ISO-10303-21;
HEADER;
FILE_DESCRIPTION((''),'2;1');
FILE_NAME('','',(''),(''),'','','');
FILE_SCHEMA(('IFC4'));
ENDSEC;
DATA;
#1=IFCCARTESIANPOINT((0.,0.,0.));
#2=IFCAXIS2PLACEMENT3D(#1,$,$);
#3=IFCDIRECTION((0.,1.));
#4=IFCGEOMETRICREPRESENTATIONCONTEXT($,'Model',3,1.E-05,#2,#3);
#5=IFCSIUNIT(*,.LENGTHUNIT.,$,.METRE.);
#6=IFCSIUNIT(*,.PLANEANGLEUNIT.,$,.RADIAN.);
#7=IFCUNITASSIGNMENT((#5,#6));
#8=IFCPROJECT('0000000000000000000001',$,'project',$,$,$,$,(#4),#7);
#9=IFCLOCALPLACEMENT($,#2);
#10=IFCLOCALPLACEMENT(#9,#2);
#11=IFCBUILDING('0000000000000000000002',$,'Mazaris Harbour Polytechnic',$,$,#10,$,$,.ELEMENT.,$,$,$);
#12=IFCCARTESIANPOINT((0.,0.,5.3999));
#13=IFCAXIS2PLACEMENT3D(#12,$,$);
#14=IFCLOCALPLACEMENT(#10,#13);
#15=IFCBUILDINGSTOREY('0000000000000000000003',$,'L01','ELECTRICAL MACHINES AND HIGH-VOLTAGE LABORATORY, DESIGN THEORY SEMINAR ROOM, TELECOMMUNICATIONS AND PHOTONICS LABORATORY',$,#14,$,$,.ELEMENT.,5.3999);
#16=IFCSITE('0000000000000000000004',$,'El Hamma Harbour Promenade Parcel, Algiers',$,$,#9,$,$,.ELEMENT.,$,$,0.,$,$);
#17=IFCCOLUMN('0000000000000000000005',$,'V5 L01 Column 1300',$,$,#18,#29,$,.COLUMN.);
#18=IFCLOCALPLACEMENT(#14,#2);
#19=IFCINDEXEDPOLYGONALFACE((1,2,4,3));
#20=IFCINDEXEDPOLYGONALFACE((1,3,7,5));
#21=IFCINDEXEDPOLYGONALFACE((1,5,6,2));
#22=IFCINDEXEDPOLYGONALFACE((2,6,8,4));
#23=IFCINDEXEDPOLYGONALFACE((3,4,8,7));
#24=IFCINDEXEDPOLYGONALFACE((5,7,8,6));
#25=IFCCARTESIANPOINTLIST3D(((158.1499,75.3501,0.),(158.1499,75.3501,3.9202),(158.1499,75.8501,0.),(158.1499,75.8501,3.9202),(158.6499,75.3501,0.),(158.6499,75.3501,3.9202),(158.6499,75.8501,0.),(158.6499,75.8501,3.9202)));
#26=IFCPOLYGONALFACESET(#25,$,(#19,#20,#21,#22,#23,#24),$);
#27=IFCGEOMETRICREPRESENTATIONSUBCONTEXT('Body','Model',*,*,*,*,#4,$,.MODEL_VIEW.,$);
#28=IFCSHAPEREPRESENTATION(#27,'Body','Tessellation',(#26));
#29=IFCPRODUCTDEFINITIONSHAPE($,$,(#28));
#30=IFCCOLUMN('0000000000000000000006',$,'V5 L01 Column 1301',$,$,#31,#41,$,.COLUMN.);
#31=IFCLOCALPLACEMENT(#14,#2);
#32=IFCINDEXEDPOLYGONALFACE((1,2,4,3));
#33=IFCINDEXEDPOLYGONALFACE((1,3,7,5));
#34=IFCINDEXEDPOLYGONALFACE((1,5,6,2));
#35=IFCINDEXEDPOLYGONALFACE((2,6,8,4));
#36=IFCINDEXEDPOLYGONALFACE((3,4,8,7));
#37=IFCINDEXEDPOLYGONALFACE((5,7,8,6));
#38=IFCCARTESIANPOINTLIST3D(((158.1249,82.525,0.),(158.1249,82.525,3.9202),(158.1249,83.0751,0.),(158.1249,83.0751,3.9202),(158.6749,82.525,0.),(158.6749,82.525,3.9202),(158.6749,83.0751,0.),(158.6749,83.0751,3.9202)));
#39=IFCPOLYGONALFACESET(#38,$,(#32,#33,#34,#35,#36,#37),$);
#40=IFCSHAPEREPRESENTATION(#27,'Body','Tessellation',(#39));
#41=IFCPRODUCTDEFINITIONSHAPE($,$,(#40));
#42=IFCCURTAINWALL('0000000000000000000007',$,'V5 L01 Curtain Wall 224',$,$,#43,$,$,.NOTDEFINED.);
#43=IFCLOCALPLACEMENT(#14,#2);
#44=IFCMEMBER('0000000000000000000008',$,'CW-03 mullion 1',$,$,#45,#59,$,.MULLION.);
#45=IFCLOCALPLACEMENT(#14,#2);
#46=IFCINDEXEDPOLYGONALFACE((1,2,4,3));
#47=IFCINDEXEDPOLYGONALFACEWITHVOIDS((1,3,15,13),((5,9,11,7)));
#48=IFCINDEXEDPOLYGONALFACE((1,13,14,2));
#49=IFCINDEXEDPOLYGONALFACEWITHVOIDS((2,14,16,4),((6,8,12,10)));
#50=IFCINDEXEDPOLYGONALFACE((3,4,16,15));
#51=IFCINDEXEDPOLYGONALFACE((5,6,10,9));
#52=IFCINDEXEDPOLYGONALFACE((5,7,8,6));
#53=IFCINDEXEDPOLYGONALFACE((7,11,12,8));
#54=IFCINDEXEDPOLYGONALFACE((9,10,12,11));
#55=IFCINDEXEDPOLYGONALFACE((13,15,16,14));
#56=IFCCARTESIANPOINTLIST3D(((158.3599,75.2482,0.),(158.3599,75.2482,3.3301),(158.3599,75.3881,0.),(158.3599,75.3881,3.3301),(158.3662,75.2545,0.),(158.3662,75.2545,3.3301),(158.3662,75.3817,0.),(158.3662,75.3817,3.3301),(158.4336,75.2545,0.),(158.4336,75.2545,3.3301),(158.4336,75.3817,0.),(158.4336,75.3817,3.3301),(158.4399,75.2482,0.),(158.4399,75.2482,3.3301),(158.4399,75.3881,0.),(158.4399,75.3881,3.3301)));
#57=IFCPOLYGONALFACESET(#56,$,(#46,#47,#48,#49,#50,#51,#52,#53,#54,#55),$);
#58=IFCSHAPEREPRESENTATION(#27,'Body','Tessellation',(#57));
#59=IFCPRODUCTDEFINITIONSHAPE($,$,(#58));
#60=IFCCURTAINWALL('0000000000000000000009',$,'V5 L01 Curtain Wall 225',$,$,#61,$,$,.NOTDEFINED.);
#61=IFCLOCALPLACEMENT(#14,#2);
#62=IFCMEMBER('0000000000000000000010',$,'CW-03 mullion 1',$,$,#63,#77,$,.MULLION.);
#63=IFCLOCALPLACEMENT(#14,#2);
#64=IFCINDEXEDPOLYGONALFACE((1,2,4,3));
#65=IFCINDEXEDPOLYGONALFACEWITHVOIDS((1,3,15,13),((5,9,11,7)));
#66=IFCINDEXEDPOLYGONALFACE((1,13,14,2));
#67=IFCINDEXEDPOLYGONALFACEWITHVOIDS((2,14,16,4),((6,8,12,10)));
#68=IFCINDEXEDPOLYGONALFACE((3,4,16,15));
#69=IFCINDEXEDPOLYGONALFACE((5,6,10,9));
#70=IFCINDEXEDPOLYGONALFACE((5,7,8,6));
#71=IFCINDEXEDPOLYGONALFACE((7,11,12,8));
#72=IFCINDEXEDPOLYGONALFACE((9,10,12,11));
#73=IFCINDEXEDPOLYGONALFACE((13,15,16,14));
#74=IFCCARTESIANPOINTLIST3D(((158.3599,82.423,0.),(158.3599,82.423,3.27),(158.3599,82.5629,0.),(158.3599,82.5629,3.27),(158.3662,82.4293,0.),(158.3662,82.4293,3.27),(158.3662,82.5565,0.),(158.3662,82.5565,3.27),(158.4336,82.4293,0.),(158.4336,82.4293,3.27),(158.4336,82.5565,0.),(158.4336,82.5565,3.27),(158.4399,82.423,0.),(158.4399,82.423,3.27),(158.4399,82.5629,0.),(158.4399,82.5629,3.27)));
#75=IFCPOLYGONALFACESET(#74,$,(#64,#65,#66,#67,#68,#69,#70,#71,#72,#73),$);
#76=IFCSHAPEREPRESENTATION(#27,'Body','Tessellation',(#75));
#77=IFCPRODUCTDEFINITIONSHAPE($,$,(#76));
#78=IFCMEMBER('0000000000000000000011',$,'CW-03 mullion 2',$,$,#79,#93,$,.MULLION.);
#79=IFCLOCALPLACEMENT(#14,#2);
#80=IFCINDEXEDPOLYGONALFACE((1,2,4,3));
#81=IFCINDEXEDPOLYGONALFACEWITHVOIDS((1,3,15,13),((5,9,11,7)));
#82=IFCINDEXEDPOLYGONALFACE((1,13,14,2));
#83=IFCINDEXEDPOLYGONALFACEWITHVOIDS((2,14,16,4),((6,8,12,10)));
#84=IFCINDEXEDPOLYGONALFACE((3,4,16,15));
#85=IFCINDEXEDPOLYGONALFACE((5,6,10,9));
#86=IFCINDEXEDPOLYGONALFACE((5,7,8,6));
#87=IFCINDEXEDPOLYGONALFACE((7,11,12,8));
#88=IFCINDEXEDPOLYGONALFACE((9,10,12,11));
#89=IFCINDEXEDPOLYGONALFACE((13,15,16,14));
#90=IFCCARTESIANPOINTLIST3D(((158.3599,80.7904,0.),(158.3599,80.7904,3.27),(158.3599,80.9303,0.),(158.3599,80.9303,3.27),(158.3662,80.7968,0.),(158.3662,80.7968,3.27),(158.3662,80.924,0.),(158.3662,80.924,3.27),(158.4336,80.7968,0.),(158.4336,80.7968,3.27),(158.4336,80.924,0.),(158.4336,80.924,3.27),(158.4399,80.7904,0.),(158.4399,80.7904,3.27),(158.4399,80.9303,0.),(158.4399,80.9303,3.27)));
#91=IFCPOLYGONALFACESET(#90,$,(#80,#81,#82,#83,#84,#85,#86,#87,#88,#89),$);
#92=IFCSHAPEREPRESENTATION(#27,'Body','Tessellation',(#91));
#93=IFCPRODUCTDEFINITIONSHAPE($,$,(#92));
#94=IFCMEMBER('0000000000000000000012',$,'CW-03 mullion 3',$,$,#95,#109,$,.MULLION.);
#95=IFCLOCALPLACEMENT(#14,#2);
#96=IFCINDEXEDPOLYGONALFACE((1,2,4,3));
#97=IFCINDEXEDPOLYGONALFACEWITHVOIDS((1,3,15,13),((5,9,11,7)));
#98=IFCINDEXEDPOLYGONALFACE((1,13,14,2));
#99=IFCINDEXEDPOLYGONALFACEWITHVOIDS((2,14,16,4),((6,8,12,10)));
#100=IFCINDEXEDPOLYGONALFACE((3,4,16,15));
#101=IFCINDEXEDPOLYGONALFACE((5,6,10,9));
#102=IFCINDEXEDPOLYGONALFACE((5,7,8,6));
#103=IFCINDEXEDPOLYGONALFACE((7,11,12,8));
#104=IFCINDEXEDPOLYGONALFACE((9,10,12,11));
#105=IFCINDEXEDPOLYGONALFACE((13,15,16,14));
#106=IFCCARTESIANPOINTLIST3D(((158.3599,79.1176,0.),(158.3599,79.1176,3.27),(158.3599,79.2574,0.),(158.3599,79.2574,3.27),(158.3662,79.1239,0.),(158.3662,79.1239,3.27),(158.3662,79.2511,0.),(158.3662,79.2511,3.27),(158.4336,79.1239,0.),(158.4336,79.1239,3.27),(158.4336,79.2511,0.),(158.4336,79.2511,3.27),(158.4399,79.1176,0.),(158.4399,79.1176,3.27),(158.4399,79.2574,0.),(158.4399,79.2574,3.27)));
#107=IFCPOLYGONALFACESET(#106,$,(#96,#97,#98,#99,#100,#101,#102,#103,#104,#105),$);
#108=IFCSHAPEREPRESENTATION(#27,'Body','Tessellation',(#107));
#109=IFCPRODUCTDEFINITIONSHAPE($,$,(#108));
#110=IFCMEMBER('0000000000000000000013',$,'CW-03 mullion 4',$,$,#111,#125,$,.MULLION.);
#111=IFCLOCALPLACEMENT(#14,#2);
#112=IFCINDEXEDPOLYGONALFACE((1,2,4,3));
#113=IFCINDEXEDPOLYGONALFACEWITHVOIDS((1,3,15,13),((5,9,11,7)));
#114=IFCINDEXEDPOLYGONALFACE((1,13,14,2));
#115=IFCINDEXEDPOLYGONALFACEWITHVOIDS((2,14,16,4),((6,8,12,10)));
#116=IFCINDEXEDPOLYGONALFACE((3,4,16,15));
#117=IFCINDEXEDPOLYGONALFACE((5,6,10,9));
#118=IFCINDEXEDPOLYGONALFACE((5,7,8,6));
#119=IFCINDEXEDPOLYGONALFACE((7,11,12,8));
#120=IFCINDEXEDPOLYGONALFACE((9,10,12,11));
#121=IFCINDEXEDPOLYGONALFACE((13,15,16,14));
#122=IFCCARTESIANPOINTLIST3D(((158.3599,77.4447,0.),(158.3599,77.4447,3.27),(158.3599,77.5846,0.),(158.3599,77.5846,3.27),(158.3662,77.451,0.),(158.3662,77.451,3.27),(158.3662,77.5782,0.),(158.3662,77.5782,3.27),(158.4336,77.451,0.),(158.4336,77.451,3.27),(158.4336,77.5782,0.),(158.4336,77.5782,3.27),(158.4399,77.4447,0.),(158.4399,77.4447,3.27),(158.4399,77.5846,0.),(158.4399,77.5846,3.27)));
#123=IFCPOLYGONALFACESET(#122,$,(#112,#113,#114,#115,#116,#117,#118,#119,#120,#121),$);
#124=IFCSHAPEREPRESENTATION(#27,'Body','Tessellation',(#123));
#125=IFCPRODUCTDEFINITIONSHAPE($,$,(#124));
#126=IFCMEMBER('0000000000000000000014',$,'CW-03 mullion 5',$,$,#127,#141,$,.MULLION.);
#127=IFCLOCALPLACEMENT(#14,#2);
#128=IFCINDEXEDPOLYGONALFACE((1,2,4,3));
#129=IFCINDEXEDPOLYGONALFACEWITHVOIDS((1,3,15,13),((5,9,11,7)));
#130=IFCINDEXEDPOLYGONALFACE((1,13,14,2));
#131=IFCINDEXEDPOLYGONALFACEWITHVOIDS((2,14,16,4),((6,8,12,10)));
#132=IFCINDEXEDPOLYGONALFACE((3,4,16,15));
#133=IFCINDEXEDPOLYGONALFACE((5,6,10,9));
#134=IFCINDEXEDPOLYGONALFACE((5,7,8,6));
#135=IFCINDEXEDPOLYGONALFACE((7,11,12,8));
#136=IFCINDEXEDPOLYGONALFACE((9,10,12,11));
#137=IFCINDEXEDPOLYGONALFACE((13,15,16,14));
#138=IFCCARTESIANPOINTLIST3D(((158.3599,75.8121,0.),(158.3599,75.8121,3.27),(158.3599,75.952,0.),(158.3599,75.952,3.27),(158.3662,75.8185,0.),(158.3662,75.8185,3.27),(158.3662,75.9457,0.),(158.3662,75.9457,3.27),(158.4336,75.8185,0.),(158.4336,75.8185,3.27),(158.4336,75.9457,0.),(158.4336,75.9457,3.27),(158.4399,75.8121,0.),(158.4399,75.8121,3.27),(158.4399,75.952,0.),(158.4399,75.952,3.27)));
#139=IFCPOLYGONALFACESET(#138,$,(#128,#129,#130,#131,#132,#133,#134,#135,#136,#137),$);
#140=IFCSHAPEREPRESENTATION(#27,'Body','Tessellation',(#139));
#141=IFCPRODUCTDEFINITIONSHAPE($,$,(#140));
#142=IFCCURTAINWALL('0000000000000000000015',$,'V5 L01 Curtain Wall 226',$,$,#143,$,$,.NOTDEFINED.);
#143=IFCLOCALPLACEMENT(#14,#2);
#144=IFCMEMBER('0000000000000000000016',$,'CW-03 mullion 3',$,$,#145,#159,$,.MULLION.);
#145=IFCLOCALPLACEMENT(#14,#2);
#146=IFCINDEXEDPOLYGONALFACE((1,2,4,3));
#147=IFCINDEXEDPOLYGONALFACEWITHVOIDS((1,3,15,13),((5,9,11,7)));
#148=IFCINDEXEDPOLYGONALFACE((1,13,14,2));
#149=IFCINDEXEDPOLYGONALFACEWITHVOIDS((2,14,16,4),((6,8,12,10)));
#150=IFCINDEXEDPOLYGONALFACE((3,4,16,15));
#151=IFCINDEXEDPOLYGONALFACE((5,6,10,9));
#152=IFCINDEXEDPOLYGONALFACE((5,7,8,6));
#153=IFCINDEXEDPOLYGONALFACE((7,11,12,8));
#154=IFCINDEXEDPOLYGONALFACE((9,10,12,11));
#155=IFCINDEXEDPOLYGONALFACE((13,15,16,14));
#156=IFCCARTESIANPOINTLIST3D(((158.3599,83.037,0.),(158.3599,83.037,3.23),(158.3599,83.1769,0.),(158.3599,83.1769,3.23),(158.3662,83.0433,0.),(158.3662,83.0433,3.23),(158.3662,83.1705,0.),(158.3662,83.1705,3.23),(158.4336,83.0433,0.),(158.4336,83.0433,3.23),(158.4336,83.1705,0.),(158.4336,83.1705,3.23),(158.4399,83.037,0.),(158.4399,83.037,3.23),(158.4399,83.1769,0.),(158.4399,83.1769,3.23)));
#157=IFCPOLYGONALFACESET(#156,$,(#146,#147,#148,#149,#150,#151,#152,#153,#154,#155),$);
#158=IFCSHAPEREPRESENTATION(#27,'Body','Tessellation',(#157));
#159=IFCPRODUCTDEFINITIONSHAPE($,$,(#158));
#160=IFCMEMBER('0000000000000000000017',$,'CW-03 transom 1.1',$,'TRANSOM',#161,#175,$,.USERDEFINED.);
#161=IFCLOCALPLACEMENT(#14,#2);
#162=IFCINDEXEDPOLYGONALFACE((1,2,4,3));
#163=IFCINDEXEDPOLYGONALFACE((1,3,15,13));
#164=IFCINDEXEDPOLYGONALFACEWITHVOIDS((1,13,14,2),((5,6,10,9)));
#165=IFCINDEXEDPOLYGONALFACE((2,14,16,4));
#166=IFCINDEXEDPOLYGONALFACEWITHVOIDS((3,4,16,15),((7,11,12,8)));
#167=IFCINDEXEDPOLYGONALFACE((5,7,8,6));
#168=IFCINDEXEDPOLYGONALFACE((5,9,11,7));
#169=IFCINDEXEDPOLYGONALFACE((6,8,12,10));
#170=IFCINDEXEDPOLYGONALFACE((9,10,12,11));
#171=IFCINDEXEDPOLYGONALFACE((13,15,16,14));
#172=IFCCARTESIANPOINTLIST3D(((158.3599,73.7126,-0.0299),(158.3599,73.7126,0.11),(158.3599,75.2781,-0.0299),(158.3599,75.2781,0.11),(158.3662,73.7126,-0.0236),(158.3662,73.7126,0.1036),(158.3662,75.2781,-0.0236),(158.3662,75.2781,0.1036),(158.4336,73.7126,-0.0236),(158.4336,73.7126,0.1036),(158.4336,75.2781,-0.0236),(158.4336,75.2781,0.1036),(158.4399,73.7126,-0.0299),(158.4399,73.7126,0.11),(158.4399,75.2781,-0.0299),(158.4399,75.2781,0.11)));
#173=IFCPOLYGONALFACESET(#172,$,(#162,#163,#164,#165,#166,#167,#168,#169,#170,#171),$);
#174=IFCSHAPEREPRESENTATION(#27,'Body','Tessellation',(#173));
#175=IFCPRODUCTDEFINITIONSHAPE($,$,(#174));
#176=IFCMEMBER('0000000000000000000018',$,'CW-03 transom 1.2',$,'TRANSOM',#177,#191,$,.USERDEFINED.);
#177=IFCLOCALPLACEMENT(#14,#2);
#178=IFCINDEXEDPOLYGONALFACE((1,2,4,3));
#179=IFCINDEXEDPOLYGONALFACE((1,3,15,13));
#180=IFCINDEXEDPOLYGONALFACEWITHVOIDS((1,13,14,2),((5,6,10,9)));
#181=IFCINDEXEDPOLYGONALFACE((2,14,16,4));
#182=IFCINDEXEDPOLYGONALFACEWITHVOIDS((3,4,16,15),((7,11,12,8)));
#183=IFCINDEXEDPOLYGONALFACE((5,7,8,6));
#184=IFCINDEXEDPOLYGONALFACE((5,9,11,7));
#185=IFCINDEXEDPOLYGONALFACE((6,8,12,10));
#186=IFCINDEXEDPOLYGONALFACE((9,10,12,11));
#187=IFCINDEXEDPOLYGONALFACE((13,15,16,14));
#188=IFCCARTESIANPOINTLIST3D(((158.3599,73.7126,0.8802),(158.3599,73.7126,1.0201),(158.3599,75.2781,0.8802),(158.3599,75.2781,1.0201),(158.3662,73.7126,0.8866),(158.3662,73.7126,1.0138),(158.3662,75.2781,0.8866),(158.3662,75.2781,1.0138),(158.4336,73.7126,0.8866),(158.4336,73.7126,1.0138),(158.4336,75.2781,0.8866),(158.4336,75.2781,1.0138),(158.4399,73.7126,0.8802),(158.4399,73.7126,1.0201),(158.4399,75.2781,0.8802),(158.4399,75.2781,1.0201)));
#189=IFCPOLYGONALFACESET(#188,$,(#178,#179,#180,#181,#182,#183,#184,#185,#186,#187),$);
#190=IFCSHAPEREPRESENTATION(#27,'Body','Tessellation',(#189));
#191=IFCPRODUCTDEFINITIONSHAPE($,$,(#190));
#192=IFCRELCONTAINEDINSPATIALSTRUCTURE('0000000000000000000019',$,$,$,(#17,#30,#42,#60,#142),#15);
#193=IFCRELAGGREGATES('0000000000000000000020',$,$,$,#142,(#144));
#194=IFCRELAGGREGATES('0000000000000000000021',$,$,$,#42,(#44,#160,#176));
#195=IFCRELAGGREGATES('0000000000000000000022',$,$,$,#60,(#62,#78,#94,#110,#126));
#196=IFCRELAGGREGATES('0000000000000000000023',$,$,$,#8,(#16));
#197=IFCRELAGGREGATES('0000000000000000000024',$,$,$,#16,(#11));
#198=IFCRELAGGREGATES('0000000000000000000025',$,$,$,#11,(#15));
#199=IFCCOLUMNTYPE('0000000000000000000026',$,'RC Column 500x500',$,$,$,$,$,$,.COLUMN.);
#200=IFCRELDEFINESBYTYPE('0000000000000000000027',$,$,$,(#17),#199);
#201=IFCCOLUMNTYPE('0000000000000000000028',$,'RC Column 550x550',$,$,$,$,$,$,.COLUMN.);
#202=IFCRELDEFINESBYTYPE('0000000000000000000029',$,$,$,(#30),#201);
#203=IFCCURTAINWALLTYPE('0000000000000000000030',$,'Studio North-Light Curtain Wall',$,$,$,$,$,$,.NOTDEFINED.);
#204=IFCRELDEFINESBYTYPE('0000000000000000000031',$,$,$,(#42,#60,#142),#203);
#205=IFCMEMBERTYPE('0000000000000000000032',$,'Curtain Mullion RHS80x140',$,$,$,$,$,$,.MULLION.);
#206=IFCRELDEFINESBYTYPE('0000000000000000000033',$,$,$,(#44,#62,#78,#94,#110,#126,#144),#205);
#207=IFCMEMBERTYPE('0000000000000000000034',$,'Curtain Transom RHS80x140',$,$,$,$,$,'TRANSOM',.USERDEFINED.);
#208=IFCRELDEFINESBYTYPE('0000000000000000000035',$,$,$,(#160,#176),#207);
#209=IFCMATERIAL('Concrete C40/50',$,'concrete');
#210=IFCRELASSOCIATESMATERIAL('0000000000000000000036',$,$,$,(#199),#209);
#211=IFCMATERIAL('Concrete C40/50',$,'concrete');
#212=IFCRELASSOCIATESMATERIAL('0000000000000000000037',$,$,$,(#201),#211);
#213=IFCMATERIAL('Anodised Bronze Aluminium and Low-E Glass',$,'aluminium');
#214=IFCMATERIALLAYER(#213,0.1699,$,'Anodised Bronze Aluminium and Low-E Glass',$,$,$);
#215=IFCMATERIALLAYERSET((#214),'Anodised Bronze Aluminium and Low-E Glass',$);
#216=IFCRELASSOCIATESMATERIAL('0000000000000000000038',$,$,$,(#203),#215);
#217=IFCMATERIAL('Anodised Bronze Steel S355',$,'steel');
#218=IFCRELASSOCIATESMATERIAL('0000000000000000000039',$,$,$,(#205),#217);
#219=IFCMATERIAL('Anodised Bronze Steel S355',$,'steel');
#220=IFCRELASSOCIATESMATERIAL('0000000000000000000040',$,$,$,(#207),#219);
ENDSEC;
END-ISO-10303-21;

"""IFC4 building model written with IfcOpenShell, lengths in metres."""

from ifc_helpers import new_model, si_unit, direction, frame, origin, origin_2d, place, context, subcontext, project, spatial, rectangle, hollow_rectangle, extrude, material, layer, layer_set, material_profile, profile_set, type_object, element, aggregate, save


model = new_model("IFC4")

# Units and contexts
model_context = context("Model", 3, precision=1e-05, world=origin(), true_north=direction((0.0, 1.0)))
body_context = subcontext(model_context, "Body", "Model", "MODEL_VIEW")
ifc_project = project(units=[si_unit("LENGTHUNIT", "METRE"), si_unit("PLANEANGLEUNIT", "RADIAN")], contexts=[model_context])

# Site, building, storey
site_placement = place(None, origin())
site = spatial("IfcSite", under=ifc_project, at=site_placement, Name="El Hamma Harbour Promenade Parcel, Algiers", CompositionType="ELEMENT", RefElevation=0.0)
building_placement = place(site_placement, origin())
building = spatial("IfcBuilding", under=site, at=building_placement, Name="Mazaris Harbour Polytechnic", CompositionType="ELEMENT")
storey_placement = place(building_placement, frame((0.0, 0.0, 5.3999)))
storey = spatial("IfcBuildingStorey", under=building, at=storey_placement, Name="L01", Description="ELECTRICAL MACHINES AND HIGH-VOLTAGE LABORATORY, DESIGN THEORY SEMINAR ROOM, TELECOMMUNICATIONS AND PHOTONICS LABORATORY", CompositionType="ELEMENT", Elevation=5.3999)

# Columns
ifc_material_1 = material(Name="Concrete C40/50", Category="concrete")
ifc_material_profile_1 = material_profile(ifc_material_1, rectangle(XDim=0.5, YDim=0.5, at=origin_2d()), Name="RECT500x500")
ifc_profile_set_1 = profile_set([ifc_material_profile_1], Name="Concrete C40/50")
column_type_1 = type_object("IfcColumnType", Name="RC Column 500x500", PredefinedType="COLUMN", material=ifc_profile_set_1)
column_1_placement = place(storey_placement, frame((158.3999, 75.6001, 0.0), z_axis=(0.0, 0.0, 1.0), x_axis=(1.0, 0.0, 0.0)))
element("IfcColumn", 1, at=column_1_placement, inside=storey, type_object=column_type_1, Name="V5 L01 Column 1300", PredefinedType="COLUMN", context=body_context, shape_type="SweptSolid", body=[
    extrude(rectangle(XDim=0.5, YDim=0.5, at=origin_2d()), origin(), (0.0, 0.0, 1.0), 3.9202),
])
ifc_material_2 = material(Name="Concrete C40/50", Category="concrete")
ifc_material_profile_2 = material_profile(ifc_material_2, rectangle(XDim=0.55, YDim=0.55, at=origin_2d()), Name="RECT550x550")
ifc_profile_set_2 = profile_set([ifc_material_profile_2], Name="Concrete C40/50")
column_type_2 = type_object("IfcColumnType", Name="RC Column 550x550", PredefinedType="COLUMN", material=ifc_profile_set_2)
column_2_placement = place(storey_placement, frame((158.3999, 82.8, 0.0), z_axis=(0.0, 0.0, 1.0), x_axis=(1.0, 0.0, 0.0)))
element("IfcColumn", 2, at=column_2_placement, inside=storey, type_object=column_type_2, Name="V5 L01 Column 1301", PredefinedType="COLUMN", context=body_context, shape_type="SweptSolid", body=[
    extrude(rectangle(XDim=0.55, YDim=0.55, at=origin_2d()), origin(), (0.0, 0.0, 1.0), 3.9202),
])

# Curtain wall, member
ifc_material_3 = material(Name="Anodised Bronze Aluminium and Low-E Glass", Category="aluminium")
ifc_layer_1 = layer(ifc_material_3, 0.1699, Name="Anodised Bronze Aluminium and Low-E Glass")
ifc_layer_set_1 = layer_set([ifc_layer_1], Name="Anodised Bronze Aluminium and Low-E Glass")
curtain_wall_type = type_object("IfcCurtainWallType", Name="Studio North-Light Curtain Wall", PredefinedType="NOTDEFINED", material=ifc_layer_set_1)
curtain_wall_1_placement = place(storey_placement, origin())
curtain_wall_1 = element("IfcCurtainWall", 3, at=curtain_wall_1_placement, inside=storey, type_object=curtain_wall_type, Name="V5 L01 Curtain Wall 224", PredefinedType="NOTDEFINED")
ifc_material_4 = material(Name="Anodised Bronze Steel S355", Category="steel")
ifc_material_profile_3 = material_profile(ifc_material_4, hollow_rectangle(XDim=0.0801, YDim=0.1399, WallThickness=0.0063, at=origin_2d()), Name="RHS 80x140x6.3")
ifc_profile_set_3 = profile_set([ifc_material_profile_3], Name="Anodised Bronze Steel S355")
member_type_1 = type_object("IfcMemberType", Name="Curtain Mullion RHS80x140", PredefinedType="MULLION", material=ifc_profile_set_3)
member_1_placement = place(storey_placement, frame((158.3999, 75.3181, 0.0), z_axis=(0.0, 0.0, 1.0), x_axis=(1.0, 0.0, 0.0)))
member_1 = element("IfcMember", 4, at=member_1_placement, type_object=member_type_1, Name="CW-03 mullion 1", PredefinedType="MULLION", context=body_context, shape_type="SweptSolid", body=[
    extrude(hollow_rectangle(XDim=0.0801, YDim=0.1399, WallThickness=0.0063, at=origin_2d()), origin(), (0.0, 0.0, 1.0), 3.3301),
])

# Curtain wall, members
curtain_wall_2_placement = place(storey_placement, origin())
curtain_wall_2 = element("IfcCurtainWall", 5, at=curtain_wall_2_placement, inside=storey, type_object=curtain_wall_type, Name="V5 L01 Curtain Wall 225", PredefinedType="NOTDEFINED")
member_2_placement = place(storey_placement, frame((158.3999, 82.4929, 0.0), z_axis=(0.0, 0.0, 1.0), x_axis=(1.0, 0.0, 0.0)))
member_2 = element("IfcMember", 6, at=member_2_placement, type_object=member_type_1, Name="CW-03 mullion 1", PredefinedType="MULLION", context=body_context, shape_type="SweptSolid", body=[
    extrude(hollow_rectangle(XDim=0.0801, YDim=0.1399, WallThickness=0.0063, at=origin_2d()), origin(), (0.0, 0.0, 1.0), 3.27),
])
member_3_placement = place(storey_placement, frame((158.3999, 80.8604, 0.0), z_axis=(0.0, 0.0, 1.0), x_axis=(1.0, 0.0, 0.0)))
member_3 = element("IfcMember", 7, at=member_3_placement, type_object=member_type_1, Name="CW-03 mullion 2", PredefinedType="MULLION", context=body_context, shape_type="SweptSolid", body=[
    extrude(hollow_rectangle(XDim=0.0801, YDim=0.1399, WallThickness=0.0063, at=origin_2d()), origin(), (0.0, 0.0, 1.0), 3.27),
])
member_4_placement = place(storey_placement, frame((158.3999, 79.1875, 0.0), z_axis=(0.0, 0.0, 1.0), x_axis=(1.0, 0.0, 0.0)))
member_4 = element("IfcMember", 8, at=member_4_placement, type_object=member_type_1, Name="CW-03 mullion 3", PredefinedType="MULLION", context=body_context, shape_type="SweptSolid", body=[
    extrude(hollow_rectangle(XDim=0.0801, YDim=0.1399, WallThickness=0.0063, at=origin_2d()), origin(), (0.0, 0.0, 1.0), 3.27),
])
member_5_placement = place(storey_placement, frame((158.3999, 77.5146, 0.0), z_axis=(0.0, 0.0, 1.0), x_axis=(1.0, 0.0, 0.0)))
member_5 = element("IfcMember", 9, at=member_5_placement, type_object=member_type_1, Name="CW-03 mullion 4", PredefinedType="MULLION", context=body_context, shape_type="SweptSolid", body=[
    extrude(hollow_rectangle(XDim=0.0801, YDim=0.1399, WallThickness=0.0063, at=origin_2d()), origin(), (0.0, 0.0, 1.0), 3.27),
])
member_6_placement = place(storey_placement, frame((158.3999, 75.8821, 0.0), z_axis=(0.0, 0.0, 1.0), x_axis=(1.0, 0.0, 0.0)))
member_6 = element("IfcMember", 10, at=member_6_placement, type_object=member_type_1, Name="CW-03 mullion 5", PredefinedType="MULLION", context=body_context, shape_type="SweptSolid", body=[
    extrude(hollow_rectangle(XDim=0.0801, YDim=0.1399, WallThickness=0.0063, at=origin_2d()), origin(), (0.0, 0.0, 1.0), 3.27),
])

# Curtain wall, member
curtain_wall_3_placement = place(storey_placement, origin())
curtain_wall_3 = element("IfcCurtainWall", 11, at=curtain_wall_3_placement, inside=storey, type_object=curtain_wall_type, Name="V5 L01 Curtain Wall 226", PredefinedType="NOTDEFINED")
member_7_placement = place(storey_placement, frame((158.3999, 83.1069, 0.0), z_axis=(0.0, 0.0, 1.0), x_axis=(1.0, 0.0, 0.0)))
member_7 = element("IfcMember", 12, at=member_7_placement, type_object=member_type_1, Name="CW-03 mullion 3", PredefinedType="MULLION", context=body_context, shape_type="SweptSolid", body=[
    extrude(hollow_rectangle(XDim=0.0801, YDim=0.1399, WallThickness=0.0063, at=origin_2d()), origin(), (0.0, 0.0, 1.0), 3.23),
])
aggregate(curtain_wall_3, [member_7])

# Members
ifc_material_5 = material(Name="Anodised Bronze Steel S355", Category="steel")
ifc_material_profile_4 = material_profile(ifc_material_5, hollow_rectangle(XDim=0.0801, YDim=0.1399, WallThickness=0.0063, at=origin_2d()), Name="RHS 80x140x6.3")
ifc_profile_set_4 = profile_set([ifc_material_profile_4], Name="Anodised Bronze Steel S355")
member_type_2 = type_object("IfcMemberType", Name="Curtain Transom RHS80x140", ElementType="TRANSOM", PredefinedType="USERDEFINED", material=ifc_profile_set_4)
member_8_placement = place(storey_placement, frame((158.3999, 75.2781, 0.04), z_axis=(0.0, -1.0, 0.0), x_axis=(1.0, 0.0, 0.0)))
member_8 = element("IfcMember", 13, at=member_8_placement, type_object=member_type_2, Name="CW-03 transom 1.1", ObjectType="TRANSOM", PredefinedType="USERDEFINED", context=body_context, shape_type="SweptSolid", body=[
    extrude(hollow_rectangle(XDim=0.0801, YDim=0.1399, WallThickness=0.0063, at=origin_2d()), origin(), (0.0, 0.0, 1.0), 1.5654),
])
member_9_placement = place(storey_placement, frame((158.3999, 75.2781, 0.9502), z_axis=(0.0, -1.0, 0.0), x_axis=(1.0, 0.0, 0.0)))
member_9 = element("IfcMember", 14, at=member_9_placement, type_object=member_type_2, Name="CW-03 transom 1.2", ObjectType="TRANSOM", PredefinedType="USERDEFINED", context=body_context, shape_type="SweptSolid", body=[
    extrude(hollow_rectangle(XDim=0.0801, YDim=0.1399, WallThickness=0.0063, at=origin_2d()), origin(), (0.0, 0.0, 1.0), 1.5654),
])

aggregate(curtain_wall_1, [member_1, member_8, member_9])
aggregate(curtain_wall_2, [member_2, member_3, member_4, member_5, member_6])

save(model, "model.ifc")
